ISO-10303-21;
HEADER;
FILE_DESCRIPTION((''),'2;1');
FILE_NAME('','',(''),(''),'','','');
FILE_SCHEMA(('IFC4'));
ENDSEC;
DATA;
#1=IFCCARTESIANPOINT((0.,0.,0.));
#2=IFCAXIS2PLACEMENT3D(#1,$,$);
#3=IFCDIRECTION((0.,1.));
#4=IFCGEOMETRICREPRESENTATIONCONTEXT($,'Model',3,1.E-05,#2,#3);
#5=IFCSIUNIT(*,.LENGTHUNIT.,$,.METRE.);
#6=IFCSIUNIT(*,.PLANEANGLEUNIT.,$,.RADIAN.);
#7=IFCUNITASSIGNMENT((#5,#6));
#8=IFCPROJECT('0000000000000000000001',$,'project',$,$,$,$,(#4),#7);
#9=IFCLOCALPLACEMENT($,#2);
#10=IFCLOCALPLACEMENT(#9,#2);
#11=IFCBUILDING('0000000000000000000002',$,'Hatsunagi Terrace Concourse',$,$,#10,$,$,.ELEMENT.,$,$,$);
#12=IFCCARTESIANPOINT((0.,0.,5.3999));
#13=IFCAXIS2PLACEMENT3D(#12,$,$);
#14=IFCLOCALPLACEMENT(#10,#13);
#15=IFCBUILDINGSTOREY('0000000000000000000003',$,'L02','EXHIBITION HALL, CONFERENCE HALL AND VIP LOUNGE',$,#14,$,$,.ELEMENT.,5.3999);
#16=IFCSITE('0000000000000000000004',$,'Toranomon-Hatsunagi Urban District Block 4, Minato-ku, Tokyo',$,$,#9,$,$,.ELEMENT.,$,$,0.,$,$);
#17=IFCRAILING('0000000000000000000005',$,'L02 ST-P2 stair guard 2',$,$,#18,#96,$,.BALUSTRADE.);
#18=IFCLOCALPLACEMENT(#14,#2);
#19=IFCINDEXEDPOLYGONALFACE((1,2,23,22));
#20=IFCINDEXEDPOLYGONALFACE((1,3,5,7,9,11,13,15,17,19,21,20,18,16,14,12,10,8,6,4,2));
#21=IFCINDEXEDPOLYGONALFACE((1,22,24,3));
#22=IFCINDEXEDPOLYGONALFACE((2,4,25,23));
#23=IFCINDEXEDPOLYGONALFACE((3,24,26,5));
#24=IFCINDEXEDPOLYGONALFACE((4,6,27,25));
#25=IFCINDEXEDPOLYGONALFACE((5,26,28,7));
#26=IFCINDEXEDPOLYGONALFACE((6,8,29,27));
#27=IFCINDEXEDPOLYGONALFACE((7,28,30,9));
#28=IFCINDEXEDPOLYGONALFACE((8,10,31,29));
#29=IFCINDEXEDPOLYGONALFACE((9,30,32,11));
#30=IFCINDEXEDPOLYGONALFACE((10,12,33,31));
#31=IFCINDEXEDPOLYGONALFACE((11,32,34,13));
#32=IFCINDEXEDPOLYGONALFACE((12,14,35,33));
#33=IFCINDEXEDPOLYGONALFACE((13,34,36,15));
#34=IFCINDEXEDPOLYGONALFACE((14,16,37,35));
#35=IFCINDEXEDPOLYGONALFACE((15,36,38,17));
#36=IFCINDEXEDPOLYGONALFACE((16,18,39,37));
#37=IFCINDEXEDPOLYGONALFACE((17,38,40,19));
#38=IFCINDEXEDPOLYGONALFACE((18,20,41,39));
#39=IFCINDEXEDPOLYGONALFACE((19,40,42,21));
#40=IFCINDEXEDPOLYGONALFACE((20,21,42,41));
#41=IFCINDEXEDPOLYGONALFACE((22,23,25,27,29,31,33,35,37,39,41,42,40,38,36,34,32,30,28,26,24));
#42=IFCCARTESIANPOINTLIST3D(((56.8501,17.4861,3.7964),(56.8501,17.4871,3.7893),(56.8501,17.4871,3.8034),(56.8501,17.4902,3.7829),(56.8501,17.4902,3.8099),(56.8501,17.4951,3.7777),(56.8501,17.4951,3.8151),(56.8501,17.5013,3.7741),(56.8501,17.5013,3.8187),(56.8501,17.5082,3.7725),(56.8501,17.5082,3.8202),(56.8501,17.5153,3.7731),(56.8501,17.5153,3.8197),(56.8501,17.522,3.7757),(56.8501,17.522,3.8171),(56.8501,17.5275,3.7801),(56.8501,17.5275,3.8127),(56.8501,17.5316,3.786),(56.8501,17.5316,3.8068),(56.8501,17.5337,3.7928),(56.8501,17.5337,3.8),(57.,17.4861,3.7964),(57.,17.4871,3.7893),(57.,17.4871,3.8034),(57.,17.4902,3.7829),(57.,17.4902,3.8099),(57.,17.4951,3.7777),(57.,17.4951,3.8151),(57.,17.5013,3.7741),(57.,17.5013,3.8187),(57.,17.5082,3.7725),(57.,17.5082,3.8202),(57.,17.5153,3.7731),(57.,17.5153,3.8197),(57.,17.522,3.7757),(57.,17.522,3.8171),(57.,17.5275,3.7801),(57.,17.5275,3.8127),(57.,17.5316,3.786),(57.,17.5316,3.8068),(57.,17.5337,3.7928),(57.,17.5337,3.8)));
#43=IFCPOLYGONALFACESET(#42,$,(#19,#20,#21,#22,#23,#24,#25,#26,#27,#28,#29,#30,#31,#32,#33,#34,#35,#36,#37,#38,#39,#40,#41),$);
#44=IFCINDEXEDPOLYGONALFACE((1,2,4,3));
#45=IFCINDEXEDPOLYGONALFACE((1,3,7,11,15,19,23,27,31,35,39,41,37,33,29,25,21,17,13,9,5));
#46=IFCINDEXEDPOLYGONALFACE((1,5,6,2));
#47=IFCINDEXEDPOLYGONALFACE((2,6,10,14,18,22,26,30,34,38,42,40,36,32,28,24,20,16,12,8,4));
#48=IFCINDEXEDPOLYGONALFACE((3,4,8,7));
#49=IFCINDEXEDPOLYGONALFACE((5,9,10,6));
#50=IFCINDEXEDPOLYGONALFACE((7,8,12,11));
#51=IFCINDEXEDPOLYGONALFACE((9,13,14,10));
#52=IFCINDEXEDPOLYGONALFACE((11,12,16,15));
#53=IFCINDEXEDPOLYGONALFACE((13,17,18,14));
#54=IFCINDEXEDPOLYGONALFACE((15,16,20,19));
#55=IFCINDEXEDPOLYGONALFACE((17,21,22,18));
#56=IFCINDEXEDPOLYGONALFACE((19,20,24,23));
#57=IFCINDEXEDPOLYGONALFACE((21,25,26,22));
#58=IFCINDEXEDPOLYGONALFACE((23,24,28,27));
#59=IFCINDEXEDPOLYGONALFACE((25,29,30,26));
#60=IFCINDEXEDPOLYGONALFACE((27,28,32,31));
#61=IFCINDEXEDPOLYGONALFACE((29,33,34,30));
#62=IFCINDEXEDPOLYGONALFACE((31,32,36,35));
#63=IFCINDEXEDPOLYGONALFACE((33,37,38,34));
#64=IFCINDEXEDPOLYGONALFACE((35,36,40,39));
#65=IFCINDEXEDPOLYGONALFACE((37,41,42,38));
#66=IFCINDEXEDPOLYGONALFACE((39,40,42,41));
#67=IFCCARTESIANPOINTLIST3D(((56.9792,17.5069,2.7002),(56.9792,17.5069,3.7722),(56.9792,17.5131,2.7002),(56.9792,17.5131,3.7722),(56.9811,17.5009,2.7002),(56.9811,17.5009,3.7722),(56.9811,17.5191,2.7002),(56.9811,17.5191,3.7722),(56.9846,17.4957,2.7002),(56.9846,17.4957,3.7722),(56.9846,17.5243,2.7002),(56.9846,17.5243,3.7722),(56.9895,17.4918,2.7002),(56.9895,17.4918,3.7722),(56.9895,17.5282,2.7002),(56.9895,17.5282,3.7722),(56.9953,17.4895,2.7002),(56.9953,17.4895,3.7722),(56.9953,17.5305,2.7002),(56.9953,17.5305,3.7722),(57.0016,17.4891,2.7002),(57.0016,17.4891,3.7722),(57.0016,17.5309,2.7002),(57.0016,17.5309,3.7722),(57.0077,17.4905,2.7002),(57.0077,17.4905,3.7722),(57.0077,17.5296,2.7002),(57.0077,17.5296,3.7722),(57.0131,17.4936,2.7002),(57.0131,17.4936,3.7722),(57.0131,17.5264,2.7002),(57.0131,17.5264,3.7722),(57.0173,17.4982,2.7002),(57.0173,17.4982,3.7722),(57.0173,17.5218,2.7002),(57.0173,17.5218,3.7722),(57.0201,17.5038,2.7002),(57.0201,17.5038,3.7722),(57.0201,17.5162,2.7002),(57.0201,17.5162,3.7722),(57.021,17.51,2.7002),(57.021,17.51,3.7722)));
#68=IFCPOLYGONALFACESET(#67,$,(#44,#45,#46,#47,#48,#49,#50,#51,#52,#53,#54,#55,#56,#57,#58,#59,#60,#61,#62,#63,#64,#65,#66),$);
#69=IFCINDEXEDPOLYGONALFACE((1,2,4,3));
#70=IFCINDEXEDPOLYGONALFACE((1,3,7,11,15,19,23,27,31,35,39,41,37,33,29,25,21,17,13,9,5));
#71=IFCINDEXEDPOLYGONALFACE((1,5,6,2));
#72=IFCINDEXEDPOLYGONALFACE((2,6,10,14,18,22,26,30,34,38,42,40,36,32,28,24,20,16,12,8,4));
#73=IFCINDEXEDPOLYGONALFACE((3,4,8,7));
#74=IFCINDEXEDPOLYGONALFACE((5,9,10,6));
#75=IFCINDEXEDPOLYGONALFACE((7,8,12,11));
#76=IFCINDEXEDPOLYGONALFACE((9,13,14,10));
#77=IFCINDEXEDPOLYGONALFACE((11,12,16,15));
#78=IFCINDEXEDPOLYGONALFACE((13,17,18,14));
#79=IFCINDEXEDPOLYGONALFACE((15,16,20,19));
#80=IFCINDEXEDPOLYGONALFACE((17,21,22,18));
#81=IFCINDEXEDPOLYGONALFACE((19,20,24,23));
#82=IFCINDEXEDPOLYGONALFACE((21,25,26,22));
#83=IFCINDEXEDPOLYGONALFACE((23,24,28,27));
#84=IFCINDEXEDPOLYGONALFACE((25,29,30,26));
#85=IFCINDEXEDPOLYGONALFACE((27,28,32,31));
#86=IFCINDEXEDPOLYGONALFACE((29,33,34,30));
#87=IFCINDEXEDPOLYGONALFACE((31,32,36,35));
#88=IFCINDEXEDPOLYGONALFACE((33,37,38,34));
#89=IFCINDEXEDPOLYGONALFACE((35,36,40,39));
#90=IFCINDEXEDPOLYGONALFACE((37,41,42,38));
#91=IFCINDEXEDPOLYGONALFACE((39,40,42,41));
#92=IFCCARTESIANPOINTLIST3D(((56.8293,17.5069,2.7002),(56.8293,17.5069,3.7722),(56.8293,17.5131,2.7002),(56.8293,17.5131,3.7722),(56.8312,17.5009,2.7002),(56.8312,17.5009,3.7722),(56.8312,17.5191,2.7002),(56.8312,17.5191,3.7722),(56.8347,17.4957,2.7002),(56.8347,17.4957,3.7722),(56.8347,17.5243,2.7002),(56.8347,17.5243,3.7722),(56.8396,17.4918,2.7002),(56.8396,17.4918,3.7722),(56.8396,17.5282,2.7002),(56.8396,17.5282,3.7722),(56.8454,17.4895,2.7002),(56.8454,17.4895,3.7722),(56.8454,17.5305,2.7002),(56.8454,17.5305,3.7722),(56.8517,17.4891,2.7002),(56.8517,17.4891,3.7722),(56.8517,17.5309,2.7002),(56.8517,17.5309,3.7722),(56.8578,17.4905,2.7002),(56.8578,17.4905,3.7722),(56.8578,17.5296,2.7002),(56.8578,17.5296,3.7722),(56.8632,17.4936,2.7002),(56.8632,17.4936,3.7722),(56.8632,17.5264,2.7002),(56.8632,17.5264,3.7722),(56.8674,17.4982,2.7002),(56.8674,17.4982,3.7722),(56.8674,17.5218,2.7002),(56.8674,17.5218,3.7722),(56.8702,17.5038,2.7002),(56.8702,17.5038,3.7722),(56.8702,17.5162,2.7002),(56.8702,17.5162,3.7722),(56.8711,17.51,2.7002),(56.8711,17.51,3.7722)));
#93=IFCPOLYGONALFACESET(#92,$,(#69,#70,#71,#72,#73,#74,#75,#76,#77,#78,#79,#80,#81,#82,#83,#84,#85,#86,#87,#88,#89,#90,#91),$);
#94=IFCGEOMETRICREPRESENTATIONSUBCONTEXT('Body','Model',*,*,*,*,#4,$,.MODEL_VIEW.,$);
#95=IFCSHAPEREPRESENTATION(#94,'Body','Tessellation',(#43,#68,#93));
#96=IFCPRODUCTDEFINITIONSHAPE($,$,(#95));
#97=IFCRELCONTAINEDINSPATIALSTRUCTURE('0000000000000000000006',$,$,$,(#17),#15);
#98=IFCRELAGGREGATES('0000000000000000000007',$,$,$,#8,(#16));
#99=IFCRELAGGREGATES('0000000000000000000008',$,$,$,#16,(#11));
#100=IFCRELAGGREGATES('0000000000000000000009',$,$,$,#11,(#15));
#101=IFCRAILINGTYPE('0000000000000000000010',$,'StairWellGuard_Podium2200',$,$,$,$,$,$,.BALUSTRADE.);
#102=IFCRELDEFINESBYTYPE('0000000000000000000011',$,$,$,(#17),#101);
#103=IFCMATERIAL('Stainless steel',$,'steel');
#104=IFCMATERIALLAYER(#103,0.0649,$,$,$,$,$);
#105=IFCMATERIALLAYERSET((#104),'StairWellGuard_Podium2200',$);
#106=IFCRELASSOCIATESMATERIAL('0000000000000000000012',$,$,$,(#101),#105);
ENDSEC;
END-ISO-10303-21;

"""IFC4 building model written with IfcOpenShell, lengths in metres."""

from ifc_helpers import new_model, si_unit, direction, frame, origin, origin_2d, place, context, subcontext, project, spatial, circle, extrude, material, layer, layer_set, type_object, element, save


model = new_model("IFC4")

# Units and contexts
model_context = context("Model", 3, precision=1e-05, world=origin(), true_north=direction((0.0, 1.0)))
body_context = subcontext(model_context, "Body", "Model", "MODEL_VIEW")
ifc_project = project(units=[si_unit("LENGTHUNIT", "METRE"), si_unit("PLANEANGLEUNIT", "RADIAN")], contexts=[model_context])

# Site, building, storey
site_placement = place(None, origin())
site = spatial("IfcSite", under=ifc_project, at=site_placement, Name="Toranomon-Hatsunagi Urban District Block 4, Minato-ku, Tokyo", CompositionType="ELEMENT", RefElevation=0.0)
building_placement = place(site_placement, origin())
building = spatial("IfcBuilding", under=site, at=building_placement, Name="Hatsunagi Terrace Concourse", CompositionType="ELEMENT")
storey_placement = place(building_placement, frame((0.0, 0.0, 5.3999)))
storey = spatial("IfcBuildingStorey", under=building, at=storey_placement, Name="L02", Description="EXHIBITION HALL, CONFERENCE HALL AND VIP LOUNGE", CompositionType="ELEMENT", Elevation=5.3999)

# Railing
ifc_material_1 = material(Name="Stainless steel", Category="steel")
ifc_layer_1 = layer(ifc_material_1, 0.0649)
ifc_layer_set_1 = layer_set([ifc_layer_1], Name="StairWellGuard_Podium2200")
railing_type_1 = type_object("IfcRailingType", Name="StairWellGuard_Podium2200", PredefinedType="BALUSTRADE", material=ifc_layer_set_1)
railing_1_placement = place(storey_placement, frame((57.0, 17.51, 2.7002)))
element("IfcRailing", 1, at=railing_1_placement, inside=storey, type_object=railing_type_1, Name="L02 ST-P2 stair guard 2", PredefinedType="BALUSTRADE", context=body_context, shape_type="SweptSolid", body=[
    extrude(circle(Radius=0.0239, at=origin_2d()), frame((0.0, 0.0, 1.0962), z_axis=(-1.0, 0.0, 0.0), x_axis=(0.0, -1.0, 0.0)), (0.0, 0.0, 1.0), 0.1499),
    extrude(circle(Radius=0.021, at=origin_2d()), origin(), (0.0, 0.0, 1.0), 1.072),
    extrude(circle(Radius=0.021, at=origin_2d()), frame((-0.1499, 0.0, 0.0)), (0.0, 0.0, 1.0), 1.072),
])

save(model, "model.ifc")
